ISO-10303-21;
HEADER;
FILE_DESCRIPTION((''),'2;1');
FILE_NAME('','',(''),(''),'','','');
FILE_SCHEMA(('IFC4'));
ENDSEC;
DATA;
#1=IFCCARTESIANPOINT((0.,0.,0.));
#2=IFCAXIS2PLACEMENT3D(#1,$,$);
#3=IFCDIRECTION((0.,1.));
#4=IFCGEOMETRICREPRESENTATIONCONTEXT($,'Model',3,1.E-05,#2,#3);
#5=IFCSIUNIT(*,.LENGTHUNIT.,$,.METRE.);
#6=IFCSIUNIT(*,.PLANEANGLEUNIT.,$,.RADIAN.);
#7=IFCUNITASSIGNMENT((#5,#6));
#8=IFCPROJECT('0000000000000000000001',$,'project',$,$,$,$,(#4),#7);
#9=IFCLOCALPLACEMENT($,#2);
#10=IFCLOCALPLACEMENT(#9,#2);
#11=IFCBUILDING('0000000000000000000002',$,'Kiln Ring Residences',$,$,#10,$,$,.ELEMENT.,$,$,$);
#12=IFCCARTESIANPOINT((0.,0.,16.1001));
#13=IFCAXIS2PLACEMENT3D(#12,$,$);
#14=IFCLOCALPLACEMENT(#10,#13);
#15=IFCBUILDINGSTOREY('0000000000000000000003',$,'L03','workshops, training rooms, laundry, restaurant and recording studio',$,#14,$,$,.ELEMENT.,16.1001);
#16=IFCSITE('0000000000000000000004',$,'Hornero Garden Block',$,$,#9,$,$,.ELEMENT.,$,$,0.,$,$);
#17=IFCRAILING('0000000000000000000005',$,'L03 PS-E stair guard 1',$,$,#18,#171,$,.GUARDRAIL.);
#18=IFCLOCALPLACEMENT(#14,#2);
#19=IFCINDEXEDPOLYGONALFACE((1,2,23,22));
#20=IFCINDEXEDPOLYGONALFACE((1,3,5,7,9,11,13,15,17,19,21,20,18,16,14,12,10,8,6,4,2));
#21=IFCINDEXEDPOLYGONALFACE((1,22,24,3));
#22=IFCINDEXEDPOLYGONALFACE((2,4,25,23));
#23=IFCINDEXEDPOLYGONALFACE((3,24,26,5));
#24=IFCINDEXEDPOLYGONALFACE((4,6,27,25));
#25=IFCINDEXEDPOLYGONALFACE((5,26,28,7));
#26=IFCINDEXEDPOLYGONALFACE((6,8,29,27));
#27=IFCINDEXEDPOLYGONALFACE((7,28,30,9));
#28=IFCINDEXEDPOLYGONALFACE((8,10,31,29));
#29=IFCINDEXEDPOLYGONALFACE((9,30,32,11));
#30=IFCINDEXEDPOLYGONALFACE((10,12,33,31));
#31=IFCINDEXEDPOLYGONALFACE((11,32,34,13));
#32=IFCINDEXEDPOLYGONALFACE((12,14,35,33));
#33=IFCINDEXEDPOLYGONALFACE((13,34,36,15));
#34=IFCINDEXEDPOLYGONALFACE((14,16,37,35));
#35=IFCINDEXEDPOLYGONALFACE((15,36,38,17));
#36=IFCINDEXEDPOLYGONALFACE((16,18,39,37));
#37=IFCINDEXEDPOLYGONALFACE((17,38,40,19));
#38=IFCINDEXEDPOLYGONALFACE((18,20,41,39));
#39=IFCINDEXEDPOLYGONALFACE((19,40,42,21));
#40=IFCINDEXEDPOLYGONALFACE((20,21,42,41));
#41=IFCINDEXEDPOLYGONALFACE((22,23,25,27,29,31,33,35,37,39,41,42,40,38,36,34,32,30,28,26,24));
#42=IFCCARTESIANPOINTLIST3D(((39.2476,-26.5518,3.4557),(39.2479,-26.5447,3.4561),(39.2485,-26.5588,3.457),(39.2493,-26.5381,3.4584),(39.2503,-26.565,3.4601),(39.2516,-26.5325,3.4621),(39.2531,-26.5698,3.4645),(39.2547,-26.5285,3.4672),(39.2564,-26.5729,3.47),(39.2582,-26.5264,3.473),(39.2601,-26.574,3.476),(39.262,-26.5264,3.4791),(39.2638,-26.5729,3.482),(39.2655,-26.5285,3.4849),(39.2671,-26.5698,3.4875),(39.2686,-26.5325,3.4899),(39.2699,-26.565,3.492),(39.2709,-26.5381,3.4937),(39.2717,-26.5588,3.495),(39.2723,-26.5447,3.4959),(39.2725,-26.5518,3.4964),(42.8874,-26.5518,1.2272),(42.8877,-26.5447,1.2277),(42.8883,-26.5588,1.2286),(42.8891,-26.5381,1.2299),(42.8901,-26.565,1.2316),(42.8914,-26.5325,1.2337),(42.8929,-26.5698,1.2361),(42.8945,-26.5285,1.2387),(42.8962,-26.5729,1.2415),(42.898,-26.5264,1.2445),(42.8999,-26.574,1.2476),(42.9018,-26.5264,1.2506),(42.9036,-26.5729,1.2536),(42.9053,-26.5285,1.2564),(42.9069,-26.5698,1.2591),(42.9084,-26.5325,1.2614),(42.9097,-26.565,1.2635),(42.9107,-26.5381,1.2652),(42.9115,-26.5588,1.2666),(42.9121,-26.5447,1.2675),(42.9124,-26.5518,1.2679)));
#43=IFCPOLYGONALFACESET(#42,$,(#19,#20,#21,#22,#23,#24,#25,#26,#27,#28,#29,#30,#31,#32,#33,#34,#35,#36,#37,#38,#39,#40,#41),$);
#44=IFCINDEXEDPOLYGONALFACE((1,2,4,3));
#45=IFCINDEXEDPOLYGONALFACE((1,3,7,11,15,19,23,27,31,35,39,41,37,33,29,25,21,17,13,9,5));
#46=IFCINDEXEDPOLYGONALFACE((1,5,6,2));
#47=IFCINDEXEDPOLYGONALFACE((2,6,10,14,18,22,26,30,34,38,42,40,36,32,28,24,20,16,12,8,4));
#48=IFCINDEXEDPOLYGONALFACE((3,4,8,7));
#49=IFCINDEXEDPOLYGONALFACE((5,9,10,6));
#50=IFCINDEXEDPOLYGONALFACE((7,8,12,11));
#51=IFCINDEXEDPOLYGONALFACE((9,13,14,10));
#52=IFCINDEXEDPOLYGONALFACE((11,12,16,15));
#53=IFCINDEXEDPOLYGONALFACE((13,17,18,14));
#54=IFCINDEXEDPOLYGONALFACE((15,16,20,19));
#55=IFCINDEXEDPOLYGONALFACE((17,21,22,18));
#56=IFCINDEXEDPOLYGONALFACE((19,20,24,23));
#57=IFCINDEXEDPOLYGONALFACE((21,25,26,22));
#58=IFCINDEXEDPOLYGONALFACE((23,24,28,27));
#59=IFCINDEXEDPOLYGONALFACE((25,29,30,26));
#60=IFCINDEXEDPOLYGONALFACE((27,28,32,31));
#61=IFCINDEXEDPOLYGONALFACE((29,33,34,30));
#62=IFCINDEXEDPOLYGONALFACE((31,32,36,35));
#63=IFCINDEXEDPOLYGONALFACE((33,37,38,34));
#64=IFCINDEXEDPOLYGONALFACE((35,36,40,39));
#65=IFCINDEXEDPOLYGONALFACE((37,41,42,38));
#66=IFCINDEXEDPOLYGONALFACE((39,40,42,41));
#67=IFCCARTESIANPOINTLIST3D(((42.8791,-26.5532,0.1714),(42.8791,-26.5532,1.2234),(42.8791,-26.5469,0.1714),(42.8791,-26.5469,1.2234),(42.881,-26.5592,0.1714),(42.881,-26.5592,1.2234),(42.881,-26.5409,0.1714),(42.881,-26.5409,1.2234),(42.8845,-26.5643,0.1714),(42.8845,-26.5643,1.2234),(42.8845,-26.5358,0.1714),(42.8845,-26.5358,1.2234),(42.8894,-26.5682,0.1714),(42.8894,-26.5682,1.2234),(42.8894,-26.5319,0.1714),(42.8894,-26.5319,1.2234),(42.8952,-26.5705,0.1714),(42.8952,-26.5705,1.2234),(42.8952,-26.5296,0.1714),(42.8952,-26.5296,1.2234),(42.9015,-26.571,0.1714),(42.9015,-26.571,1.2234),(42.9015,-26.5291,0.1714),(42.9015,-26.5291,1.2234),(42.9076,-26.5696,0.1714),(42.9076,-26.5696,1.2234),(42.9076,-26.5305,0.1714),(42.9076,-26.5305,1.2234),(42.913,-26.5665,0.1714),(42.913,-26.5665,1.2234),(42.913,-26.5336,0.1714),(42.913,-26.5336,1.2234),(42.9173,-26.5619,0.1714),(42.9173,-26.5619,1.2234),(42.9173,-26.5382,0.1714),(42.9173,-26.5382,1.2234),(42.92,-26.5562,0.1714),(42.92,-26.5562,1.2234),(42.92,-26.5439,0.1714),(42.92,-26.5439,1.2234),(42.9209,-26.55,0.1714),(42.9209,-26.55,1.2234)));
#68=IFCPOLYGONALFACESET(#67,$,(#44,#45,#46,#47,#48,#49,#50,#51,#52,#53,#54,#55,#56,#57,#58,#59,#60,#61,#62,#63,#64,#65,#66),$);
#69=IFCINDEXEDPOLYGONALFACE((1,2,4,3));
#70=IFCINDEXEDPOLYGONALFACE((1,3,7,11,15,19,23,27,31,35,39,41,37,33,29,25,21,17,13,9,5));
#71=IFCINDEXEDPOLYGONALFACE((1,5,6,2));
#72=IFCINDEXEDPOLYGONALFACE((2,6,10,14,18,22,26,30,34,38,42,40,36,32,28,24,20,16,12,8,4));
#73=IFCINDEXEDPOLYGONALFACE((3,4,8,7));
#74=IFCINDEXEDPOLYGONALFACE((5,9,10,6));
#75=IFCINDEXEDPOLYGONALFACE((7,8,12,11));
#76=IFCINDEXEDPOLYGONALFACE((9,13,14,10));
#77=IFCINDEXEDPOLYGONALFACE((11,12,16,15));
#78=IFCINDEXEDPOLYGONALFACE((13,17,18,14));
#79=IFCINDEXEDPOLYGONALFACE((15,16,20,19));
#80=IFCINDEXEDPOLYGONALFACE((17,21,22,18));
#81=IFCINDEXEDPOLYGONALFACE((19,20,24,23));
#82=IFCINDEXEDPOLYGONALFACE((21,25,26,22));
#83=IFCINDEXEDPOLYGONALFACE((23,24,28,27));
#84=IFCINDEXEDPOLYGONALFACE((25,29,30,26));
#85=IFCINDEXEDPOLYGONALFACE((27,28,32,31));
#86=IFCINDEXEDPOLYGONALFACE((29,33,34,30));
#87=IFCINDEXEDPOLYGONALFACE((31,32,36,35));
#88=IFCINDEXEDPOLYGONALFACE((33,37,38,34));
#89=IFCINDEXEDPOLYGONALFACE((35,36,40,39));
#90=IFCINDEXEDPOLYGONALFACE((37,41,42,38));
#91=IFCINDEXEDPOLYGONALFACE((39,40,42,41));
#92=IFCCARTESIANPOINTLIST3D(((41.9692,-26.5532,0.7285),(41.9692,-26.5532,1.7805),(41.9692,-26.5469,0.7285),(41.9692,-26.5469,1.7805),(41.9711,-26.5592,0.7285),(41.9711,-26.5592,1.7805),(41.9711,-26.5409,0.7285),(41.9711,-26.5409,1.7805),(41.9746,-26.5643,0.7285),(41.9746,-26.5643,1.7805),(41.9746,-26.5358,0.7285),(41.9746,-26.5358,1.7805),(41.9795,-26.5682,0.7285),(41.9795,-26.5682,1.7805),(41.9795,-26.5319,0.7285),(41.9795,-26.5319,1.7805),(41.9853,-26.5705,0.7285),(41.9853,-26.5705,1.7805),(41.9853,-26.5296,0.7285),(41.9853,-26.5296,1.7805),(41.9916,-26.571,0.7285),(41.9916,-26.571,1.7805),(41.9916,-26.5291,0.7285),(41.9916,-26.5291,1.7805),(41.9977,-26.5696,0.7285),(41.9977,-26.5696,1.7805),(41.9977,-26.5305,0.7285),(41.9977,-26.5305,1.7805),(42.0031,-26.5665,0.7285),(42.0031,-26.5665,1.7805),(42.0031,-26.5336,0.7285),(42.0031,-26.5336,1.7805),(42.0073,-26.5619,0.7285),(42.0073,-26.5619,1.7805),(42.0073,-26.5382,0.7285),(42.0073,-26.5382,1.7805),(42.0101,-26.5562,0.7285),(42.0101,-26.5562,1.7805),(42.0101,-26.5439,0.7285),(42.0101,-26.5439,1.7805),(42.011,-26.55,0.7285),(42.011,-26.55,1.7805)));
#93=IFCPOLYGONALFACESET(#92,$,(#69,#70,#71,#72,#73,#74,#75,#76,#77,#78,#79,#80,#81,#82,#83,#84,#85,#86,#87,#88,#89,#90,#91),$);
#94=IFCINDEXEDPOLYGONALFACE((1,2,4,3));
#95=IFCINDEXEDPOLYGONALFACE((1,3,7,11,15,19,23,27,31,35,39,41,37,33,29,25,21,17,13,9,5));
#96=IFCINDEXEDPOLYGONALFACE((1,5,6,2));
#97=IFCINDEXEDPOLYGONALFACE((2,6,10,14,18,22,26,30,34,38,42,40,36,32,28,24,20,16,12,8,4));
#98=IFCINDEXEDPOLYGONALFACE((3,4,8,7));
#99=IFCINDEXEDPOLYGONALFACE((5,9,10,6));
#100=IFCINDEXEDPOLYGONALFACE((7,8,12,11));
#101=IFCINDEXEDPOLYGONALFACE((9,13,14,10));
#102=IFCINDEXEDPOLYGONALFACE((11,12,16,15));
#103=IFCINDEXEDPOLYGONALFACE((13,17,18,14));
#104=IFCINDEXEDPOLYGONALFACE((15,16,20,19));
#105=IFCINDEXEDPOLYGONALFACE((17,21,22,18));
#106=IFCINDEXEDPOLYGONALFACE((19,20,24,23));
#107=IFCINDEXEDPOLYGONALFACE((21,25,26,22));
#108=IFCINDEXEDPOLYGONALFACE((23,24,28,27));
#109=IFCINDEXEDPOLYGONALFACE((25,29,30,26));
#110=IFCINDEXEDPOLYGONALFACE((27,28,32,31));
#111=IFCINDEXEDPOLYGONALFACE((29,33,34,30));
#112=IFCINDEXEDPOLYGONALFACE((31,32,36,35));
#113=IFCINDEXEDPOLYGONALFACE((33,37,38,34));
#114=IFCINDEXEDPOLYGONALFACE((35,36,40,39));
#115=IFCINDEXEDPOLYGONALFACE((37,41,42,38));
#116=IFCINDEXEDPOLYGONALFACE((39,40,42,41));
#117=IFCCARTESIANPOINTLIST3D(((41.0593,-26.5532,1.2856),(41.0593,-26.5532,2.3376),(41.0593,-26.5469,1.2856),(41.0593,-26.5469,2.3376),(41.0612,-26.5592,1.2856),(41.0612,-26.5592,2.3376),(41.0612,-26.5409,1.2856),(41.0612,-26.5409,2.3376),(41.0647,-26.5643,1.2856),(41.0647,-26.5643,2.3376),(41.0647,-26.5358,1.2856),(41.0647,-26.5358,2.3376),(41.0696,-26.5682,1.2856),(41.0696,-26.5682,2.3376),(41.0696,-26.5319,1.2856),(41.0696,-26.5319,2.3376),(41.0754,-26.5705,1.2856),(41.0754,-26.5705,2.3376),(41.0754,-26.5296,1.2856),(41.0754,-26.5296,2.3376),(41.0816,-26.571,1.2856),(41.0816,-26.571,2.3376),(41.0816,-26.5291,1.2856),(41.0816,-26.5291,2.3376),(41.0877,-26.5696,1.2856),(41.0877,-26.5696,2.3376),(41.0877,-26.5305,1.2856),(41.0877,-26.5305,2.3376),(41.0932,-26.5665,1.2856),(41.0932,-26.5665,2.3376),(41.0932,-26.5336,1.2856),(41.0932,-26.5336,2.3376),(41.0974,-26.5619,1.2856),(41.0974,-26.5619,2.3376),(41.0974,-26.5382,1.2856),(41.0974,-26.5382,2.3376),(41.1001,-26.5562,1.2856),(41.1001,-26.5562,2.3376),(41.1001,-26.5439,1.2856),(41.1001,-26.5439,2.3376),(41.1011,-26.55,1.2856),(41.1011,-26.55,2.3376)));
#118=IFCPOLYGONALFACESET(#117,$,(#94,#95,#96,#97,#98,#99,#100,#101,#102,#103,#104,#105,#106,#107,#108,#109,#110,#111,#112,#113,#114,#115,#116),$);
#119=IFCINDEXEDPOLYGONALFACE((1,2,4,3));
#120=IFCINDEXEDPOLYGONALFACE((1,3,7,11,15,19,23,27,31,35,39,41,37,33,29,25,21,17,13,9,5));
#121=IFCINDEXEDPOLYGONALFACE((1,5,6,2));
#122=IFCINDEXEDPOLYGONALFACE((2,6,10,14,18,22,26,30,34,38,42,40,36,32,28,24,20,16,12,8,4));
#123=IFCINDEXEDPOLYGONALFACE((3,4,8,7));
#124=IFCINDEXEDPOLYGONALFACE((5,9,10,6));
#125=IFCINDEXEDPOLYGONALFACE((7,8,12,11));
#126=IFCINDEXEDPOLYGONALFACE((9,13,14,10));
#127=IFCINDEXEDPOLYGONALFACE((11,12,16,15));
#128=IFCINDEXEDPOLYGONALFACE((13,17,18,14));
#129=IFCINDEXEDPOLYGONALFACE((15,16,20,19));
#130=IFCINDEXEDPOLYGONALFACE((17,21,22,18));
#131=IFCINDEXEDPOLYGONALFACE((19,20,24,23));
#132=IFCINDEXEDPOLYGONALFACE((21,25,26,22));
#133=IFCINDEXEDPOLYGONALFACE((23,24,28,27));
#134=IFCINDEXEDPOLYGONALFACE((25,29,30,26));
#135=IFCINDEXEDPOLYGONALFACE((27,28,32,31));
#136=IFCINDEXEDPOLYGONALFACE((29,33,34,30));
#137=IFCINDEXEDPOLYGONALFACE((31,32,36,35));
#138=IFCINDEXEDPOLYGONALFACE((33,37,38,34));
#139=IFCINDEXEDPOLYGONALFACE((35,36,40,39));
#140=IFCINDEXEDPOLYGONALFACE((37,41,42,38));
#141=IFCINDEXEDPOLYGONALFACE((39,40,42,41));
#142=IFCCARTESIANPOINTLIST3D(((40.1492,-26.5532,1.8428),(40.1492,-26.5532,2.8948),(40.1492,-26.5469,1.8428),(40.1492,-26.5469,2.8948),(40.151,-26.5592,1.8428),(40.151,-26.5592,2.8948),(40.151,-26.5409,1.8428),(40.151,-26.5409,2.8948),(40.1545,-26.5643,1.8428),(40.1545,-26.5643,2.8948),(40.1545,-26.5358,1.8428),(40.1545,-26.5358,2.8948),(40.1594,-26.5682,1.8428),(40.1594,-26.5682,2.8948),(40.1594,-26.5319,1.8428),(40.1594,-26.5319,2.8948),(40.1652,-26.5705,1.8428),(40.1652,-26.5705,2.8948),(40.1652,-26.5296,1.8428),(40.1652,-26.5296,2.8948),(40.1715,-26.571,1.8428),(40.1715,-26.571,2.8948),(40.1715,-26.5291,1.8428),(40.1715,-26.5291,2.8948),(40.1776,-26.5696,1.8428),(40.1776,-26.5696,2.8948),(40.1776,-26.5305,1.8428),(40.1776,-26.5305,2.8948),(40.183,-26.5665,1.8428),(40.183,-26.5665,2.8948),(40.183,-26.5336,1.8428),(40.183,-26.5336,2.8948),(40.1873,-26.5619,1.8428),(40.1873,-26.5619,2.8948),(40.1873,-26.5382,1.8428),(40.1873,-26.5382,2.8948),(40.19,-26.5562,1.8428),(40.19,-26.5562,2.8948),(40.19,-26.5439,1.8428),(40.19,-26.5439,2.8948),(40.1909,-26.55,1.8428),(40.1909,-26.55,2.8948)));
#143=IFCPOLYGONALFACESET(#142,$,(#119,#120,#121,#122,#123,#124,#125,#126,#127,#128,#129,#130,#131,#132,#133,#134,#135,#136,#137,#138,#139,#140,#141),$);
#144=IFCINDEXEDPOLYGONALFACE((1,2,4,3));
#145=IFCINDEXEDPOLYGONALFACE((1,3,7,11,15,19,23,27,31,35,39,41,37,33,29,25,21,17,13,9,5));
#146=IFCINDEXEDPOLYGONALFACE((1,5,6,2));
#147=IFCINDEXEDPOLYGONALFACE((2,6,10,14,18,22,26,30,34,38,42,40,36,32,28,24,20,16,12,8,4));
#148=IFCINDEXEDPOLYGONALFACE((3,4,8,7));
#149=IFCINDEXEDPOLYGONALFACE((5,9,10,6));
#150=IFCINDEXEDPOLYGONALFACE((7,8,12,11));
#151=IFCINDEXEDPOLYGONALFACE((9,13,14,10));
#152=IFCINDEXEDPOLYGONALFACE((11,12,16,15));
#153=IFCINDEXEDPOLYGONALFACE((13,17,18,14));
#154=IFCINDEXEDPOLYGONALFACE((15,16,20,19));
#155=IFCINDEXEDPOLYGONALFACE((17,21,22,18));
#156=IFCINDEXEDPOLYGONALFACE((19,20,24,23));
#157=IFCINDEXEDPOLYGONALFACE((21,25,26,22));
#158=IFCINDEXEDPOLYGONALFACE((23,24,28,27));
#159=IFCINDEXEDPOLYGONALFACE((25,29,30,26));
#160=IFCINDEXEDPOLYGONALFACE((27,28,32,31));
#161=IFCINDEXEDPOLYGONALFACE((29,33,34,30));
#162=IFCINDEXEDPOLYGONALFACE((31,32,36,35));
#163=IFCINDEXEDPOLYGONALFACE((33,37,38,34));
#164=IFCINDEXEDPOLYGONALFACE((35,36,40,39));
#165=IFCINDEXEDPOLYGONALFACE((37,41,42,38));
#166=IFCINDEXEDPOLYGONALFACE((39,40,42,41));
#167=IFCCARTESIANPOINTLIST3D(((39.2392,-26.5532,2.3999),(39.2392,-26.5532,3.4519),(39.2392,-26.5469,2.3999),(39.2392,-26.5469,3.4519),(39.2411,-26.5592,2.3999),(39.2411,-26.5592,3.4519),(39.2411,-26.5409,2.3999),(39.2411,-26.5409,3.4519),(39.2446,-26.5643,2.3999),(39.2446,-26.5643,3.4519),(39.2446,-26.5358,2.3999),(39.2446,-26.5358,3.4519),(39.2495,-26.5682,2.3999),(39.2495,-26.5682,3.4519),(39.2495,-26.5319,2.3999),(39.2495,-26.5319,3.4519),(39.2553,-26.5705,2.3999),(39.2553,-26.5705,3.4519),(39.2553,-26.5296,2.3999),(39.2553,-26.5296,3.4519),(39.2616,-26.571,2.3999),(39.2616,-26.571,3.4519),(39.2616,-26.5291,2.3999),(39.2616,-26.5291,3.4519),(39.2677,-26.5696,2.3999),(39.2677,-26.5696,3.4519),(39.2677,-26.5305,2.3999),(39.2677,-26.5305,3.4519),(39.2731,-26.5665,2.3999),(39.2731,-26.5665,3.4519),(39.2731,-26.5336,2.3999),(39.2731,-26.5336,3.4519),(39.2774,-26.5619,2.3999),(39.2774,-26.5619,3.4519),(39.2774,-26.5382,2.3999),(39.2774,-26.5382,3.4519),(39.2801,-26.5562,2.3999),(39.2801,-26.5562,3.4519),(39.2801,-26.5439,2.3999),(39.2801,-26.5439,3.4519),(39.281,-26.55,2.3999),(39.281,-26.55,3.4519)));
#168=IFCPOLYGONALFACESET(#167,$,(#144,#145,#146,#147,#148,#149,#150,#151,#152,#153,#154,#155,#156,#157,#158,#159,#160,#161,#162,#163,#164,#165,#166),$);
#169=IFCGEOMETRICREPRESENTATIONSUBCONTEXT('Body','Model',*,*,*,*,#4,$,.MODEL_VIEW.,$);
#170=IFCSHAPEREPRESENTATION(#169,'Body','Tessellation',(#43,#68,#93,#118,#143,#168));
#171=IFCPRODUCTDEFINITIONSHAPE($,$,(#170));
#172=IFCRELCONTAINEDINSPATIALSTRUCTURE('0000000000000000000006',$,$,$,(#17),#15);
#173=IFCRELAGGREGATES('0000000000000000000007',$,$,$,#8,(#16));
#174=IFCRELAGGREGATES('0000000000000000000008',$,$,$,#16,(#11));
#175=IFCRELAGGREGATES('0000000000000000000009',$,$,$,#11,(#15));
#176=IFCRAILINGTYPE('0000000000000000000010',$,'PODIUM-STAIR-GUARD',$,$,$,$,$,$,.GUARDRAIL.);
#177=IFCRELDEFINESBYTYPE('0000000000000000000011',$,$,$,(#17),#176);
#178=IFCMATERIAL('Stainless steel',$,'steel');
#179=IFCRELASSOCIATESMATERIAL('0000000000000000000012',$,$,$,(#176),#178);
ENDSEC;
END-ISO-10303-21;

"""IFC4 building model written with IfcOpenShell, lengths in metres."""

from ifc_helpers import new_model, si_unit, direction, frame, origin, origin_2d, place, context, subcontext, project, spatial, circle, extrude, material, type_object, element, save


model = new_model("IFC4")

# Units and contexts
model_context = context("Model", 3, precision=1e-05, world=origin(), true_north=direction((0.0, 1.0)))
body_context = subcontext(model_context, "Body", "Model", "MODEL_VIEW")
ifc_project = project(units=[si_unit("LENGTHUNIT", "METRE"), si_unit("PLANEANGLEUNIT", "RADIAN")], contexts=[model_context])

# Site, building, storey
site_placement = place(None, origin())
site = spatial("IfcSite", under=ifc_project, at=site_placement, Name="Hornero Garden Block", CompositionType="ELEMENT", RefElevation=0.0)
building_placement = place(site_placement, origin())
building = spatial("IfcBuilding", under=site, at=building_placement, Name="Kiln Ring Residences", CompositionType="ELEMENT")
storey_placement = place(building_placement, frame((0.0, 0.0, 16.1001)))
storey = spatial("IfcBuildingStorey", under=building, at=storey_placement, Name="L03", Description="workshops, training rooms, laundry, restaurant and recording studio", CompositionType="ELEMENT", Elevation=16.1001)

# Railing
ifc_material_1 = material(Name="Stainless steel", Category="steel")
railing_type_1 = type_object("IfcRailingType", Name="PODIUM-STAIR-GUARD", PredefinedType="GUARDRAIL", material=ifc_material_1)
railing_1_placement = place(storey_placement, frame((42.8999, -26.55, 0.1714)))
element("IfcRailing", 1, at=railing_1_placement, inside=storey, type_object=railing_type_1, Name="L03 PS-E stair guard 1", PredefinedType="GUARDRAIL", context=body_context, shape_type="SweptSolid", body=[
    extrude(circle(Radius=0.0239, at=origin_2d()), frame((0.0, 0.0, 1.0762), z_axis=(-0.85285, 0.0, 0.522156), x_axis=(0.0, -1.0, 0.0)), (0.0, 0.0, 1.0), 4.2678),
    extrude(circle(Radius=0.021, at=origin_2d()), origin(), (0.0, 0.0, 1.0), 1.052),
    extrude(circle(Radius=0.021, at=origin_2d()), frame((-0.9099, 0.0, 0.5571)), (0.0, 0.0, 1.0), 1.052),
    extrude(circle(Radius=0.021, at=origin_2d()), frame((-1.8198, 0.0, 1.1143)), (0.0, 0.0, 1.0), 1.052),
    extrude(circle(Radius=0.021, at=origin_2d()), frame((-2.73, 0.0, 1.6714)), (0.0, 0.0, 1.0), 1.052),
    extrude(circle(Radius=0.021, at=origin_2d()), frame((-3.6399, 0.0, 2.2285)), (0.0, 0.0, 1.0), 1.052),
])

save(model, "model.ifc")
